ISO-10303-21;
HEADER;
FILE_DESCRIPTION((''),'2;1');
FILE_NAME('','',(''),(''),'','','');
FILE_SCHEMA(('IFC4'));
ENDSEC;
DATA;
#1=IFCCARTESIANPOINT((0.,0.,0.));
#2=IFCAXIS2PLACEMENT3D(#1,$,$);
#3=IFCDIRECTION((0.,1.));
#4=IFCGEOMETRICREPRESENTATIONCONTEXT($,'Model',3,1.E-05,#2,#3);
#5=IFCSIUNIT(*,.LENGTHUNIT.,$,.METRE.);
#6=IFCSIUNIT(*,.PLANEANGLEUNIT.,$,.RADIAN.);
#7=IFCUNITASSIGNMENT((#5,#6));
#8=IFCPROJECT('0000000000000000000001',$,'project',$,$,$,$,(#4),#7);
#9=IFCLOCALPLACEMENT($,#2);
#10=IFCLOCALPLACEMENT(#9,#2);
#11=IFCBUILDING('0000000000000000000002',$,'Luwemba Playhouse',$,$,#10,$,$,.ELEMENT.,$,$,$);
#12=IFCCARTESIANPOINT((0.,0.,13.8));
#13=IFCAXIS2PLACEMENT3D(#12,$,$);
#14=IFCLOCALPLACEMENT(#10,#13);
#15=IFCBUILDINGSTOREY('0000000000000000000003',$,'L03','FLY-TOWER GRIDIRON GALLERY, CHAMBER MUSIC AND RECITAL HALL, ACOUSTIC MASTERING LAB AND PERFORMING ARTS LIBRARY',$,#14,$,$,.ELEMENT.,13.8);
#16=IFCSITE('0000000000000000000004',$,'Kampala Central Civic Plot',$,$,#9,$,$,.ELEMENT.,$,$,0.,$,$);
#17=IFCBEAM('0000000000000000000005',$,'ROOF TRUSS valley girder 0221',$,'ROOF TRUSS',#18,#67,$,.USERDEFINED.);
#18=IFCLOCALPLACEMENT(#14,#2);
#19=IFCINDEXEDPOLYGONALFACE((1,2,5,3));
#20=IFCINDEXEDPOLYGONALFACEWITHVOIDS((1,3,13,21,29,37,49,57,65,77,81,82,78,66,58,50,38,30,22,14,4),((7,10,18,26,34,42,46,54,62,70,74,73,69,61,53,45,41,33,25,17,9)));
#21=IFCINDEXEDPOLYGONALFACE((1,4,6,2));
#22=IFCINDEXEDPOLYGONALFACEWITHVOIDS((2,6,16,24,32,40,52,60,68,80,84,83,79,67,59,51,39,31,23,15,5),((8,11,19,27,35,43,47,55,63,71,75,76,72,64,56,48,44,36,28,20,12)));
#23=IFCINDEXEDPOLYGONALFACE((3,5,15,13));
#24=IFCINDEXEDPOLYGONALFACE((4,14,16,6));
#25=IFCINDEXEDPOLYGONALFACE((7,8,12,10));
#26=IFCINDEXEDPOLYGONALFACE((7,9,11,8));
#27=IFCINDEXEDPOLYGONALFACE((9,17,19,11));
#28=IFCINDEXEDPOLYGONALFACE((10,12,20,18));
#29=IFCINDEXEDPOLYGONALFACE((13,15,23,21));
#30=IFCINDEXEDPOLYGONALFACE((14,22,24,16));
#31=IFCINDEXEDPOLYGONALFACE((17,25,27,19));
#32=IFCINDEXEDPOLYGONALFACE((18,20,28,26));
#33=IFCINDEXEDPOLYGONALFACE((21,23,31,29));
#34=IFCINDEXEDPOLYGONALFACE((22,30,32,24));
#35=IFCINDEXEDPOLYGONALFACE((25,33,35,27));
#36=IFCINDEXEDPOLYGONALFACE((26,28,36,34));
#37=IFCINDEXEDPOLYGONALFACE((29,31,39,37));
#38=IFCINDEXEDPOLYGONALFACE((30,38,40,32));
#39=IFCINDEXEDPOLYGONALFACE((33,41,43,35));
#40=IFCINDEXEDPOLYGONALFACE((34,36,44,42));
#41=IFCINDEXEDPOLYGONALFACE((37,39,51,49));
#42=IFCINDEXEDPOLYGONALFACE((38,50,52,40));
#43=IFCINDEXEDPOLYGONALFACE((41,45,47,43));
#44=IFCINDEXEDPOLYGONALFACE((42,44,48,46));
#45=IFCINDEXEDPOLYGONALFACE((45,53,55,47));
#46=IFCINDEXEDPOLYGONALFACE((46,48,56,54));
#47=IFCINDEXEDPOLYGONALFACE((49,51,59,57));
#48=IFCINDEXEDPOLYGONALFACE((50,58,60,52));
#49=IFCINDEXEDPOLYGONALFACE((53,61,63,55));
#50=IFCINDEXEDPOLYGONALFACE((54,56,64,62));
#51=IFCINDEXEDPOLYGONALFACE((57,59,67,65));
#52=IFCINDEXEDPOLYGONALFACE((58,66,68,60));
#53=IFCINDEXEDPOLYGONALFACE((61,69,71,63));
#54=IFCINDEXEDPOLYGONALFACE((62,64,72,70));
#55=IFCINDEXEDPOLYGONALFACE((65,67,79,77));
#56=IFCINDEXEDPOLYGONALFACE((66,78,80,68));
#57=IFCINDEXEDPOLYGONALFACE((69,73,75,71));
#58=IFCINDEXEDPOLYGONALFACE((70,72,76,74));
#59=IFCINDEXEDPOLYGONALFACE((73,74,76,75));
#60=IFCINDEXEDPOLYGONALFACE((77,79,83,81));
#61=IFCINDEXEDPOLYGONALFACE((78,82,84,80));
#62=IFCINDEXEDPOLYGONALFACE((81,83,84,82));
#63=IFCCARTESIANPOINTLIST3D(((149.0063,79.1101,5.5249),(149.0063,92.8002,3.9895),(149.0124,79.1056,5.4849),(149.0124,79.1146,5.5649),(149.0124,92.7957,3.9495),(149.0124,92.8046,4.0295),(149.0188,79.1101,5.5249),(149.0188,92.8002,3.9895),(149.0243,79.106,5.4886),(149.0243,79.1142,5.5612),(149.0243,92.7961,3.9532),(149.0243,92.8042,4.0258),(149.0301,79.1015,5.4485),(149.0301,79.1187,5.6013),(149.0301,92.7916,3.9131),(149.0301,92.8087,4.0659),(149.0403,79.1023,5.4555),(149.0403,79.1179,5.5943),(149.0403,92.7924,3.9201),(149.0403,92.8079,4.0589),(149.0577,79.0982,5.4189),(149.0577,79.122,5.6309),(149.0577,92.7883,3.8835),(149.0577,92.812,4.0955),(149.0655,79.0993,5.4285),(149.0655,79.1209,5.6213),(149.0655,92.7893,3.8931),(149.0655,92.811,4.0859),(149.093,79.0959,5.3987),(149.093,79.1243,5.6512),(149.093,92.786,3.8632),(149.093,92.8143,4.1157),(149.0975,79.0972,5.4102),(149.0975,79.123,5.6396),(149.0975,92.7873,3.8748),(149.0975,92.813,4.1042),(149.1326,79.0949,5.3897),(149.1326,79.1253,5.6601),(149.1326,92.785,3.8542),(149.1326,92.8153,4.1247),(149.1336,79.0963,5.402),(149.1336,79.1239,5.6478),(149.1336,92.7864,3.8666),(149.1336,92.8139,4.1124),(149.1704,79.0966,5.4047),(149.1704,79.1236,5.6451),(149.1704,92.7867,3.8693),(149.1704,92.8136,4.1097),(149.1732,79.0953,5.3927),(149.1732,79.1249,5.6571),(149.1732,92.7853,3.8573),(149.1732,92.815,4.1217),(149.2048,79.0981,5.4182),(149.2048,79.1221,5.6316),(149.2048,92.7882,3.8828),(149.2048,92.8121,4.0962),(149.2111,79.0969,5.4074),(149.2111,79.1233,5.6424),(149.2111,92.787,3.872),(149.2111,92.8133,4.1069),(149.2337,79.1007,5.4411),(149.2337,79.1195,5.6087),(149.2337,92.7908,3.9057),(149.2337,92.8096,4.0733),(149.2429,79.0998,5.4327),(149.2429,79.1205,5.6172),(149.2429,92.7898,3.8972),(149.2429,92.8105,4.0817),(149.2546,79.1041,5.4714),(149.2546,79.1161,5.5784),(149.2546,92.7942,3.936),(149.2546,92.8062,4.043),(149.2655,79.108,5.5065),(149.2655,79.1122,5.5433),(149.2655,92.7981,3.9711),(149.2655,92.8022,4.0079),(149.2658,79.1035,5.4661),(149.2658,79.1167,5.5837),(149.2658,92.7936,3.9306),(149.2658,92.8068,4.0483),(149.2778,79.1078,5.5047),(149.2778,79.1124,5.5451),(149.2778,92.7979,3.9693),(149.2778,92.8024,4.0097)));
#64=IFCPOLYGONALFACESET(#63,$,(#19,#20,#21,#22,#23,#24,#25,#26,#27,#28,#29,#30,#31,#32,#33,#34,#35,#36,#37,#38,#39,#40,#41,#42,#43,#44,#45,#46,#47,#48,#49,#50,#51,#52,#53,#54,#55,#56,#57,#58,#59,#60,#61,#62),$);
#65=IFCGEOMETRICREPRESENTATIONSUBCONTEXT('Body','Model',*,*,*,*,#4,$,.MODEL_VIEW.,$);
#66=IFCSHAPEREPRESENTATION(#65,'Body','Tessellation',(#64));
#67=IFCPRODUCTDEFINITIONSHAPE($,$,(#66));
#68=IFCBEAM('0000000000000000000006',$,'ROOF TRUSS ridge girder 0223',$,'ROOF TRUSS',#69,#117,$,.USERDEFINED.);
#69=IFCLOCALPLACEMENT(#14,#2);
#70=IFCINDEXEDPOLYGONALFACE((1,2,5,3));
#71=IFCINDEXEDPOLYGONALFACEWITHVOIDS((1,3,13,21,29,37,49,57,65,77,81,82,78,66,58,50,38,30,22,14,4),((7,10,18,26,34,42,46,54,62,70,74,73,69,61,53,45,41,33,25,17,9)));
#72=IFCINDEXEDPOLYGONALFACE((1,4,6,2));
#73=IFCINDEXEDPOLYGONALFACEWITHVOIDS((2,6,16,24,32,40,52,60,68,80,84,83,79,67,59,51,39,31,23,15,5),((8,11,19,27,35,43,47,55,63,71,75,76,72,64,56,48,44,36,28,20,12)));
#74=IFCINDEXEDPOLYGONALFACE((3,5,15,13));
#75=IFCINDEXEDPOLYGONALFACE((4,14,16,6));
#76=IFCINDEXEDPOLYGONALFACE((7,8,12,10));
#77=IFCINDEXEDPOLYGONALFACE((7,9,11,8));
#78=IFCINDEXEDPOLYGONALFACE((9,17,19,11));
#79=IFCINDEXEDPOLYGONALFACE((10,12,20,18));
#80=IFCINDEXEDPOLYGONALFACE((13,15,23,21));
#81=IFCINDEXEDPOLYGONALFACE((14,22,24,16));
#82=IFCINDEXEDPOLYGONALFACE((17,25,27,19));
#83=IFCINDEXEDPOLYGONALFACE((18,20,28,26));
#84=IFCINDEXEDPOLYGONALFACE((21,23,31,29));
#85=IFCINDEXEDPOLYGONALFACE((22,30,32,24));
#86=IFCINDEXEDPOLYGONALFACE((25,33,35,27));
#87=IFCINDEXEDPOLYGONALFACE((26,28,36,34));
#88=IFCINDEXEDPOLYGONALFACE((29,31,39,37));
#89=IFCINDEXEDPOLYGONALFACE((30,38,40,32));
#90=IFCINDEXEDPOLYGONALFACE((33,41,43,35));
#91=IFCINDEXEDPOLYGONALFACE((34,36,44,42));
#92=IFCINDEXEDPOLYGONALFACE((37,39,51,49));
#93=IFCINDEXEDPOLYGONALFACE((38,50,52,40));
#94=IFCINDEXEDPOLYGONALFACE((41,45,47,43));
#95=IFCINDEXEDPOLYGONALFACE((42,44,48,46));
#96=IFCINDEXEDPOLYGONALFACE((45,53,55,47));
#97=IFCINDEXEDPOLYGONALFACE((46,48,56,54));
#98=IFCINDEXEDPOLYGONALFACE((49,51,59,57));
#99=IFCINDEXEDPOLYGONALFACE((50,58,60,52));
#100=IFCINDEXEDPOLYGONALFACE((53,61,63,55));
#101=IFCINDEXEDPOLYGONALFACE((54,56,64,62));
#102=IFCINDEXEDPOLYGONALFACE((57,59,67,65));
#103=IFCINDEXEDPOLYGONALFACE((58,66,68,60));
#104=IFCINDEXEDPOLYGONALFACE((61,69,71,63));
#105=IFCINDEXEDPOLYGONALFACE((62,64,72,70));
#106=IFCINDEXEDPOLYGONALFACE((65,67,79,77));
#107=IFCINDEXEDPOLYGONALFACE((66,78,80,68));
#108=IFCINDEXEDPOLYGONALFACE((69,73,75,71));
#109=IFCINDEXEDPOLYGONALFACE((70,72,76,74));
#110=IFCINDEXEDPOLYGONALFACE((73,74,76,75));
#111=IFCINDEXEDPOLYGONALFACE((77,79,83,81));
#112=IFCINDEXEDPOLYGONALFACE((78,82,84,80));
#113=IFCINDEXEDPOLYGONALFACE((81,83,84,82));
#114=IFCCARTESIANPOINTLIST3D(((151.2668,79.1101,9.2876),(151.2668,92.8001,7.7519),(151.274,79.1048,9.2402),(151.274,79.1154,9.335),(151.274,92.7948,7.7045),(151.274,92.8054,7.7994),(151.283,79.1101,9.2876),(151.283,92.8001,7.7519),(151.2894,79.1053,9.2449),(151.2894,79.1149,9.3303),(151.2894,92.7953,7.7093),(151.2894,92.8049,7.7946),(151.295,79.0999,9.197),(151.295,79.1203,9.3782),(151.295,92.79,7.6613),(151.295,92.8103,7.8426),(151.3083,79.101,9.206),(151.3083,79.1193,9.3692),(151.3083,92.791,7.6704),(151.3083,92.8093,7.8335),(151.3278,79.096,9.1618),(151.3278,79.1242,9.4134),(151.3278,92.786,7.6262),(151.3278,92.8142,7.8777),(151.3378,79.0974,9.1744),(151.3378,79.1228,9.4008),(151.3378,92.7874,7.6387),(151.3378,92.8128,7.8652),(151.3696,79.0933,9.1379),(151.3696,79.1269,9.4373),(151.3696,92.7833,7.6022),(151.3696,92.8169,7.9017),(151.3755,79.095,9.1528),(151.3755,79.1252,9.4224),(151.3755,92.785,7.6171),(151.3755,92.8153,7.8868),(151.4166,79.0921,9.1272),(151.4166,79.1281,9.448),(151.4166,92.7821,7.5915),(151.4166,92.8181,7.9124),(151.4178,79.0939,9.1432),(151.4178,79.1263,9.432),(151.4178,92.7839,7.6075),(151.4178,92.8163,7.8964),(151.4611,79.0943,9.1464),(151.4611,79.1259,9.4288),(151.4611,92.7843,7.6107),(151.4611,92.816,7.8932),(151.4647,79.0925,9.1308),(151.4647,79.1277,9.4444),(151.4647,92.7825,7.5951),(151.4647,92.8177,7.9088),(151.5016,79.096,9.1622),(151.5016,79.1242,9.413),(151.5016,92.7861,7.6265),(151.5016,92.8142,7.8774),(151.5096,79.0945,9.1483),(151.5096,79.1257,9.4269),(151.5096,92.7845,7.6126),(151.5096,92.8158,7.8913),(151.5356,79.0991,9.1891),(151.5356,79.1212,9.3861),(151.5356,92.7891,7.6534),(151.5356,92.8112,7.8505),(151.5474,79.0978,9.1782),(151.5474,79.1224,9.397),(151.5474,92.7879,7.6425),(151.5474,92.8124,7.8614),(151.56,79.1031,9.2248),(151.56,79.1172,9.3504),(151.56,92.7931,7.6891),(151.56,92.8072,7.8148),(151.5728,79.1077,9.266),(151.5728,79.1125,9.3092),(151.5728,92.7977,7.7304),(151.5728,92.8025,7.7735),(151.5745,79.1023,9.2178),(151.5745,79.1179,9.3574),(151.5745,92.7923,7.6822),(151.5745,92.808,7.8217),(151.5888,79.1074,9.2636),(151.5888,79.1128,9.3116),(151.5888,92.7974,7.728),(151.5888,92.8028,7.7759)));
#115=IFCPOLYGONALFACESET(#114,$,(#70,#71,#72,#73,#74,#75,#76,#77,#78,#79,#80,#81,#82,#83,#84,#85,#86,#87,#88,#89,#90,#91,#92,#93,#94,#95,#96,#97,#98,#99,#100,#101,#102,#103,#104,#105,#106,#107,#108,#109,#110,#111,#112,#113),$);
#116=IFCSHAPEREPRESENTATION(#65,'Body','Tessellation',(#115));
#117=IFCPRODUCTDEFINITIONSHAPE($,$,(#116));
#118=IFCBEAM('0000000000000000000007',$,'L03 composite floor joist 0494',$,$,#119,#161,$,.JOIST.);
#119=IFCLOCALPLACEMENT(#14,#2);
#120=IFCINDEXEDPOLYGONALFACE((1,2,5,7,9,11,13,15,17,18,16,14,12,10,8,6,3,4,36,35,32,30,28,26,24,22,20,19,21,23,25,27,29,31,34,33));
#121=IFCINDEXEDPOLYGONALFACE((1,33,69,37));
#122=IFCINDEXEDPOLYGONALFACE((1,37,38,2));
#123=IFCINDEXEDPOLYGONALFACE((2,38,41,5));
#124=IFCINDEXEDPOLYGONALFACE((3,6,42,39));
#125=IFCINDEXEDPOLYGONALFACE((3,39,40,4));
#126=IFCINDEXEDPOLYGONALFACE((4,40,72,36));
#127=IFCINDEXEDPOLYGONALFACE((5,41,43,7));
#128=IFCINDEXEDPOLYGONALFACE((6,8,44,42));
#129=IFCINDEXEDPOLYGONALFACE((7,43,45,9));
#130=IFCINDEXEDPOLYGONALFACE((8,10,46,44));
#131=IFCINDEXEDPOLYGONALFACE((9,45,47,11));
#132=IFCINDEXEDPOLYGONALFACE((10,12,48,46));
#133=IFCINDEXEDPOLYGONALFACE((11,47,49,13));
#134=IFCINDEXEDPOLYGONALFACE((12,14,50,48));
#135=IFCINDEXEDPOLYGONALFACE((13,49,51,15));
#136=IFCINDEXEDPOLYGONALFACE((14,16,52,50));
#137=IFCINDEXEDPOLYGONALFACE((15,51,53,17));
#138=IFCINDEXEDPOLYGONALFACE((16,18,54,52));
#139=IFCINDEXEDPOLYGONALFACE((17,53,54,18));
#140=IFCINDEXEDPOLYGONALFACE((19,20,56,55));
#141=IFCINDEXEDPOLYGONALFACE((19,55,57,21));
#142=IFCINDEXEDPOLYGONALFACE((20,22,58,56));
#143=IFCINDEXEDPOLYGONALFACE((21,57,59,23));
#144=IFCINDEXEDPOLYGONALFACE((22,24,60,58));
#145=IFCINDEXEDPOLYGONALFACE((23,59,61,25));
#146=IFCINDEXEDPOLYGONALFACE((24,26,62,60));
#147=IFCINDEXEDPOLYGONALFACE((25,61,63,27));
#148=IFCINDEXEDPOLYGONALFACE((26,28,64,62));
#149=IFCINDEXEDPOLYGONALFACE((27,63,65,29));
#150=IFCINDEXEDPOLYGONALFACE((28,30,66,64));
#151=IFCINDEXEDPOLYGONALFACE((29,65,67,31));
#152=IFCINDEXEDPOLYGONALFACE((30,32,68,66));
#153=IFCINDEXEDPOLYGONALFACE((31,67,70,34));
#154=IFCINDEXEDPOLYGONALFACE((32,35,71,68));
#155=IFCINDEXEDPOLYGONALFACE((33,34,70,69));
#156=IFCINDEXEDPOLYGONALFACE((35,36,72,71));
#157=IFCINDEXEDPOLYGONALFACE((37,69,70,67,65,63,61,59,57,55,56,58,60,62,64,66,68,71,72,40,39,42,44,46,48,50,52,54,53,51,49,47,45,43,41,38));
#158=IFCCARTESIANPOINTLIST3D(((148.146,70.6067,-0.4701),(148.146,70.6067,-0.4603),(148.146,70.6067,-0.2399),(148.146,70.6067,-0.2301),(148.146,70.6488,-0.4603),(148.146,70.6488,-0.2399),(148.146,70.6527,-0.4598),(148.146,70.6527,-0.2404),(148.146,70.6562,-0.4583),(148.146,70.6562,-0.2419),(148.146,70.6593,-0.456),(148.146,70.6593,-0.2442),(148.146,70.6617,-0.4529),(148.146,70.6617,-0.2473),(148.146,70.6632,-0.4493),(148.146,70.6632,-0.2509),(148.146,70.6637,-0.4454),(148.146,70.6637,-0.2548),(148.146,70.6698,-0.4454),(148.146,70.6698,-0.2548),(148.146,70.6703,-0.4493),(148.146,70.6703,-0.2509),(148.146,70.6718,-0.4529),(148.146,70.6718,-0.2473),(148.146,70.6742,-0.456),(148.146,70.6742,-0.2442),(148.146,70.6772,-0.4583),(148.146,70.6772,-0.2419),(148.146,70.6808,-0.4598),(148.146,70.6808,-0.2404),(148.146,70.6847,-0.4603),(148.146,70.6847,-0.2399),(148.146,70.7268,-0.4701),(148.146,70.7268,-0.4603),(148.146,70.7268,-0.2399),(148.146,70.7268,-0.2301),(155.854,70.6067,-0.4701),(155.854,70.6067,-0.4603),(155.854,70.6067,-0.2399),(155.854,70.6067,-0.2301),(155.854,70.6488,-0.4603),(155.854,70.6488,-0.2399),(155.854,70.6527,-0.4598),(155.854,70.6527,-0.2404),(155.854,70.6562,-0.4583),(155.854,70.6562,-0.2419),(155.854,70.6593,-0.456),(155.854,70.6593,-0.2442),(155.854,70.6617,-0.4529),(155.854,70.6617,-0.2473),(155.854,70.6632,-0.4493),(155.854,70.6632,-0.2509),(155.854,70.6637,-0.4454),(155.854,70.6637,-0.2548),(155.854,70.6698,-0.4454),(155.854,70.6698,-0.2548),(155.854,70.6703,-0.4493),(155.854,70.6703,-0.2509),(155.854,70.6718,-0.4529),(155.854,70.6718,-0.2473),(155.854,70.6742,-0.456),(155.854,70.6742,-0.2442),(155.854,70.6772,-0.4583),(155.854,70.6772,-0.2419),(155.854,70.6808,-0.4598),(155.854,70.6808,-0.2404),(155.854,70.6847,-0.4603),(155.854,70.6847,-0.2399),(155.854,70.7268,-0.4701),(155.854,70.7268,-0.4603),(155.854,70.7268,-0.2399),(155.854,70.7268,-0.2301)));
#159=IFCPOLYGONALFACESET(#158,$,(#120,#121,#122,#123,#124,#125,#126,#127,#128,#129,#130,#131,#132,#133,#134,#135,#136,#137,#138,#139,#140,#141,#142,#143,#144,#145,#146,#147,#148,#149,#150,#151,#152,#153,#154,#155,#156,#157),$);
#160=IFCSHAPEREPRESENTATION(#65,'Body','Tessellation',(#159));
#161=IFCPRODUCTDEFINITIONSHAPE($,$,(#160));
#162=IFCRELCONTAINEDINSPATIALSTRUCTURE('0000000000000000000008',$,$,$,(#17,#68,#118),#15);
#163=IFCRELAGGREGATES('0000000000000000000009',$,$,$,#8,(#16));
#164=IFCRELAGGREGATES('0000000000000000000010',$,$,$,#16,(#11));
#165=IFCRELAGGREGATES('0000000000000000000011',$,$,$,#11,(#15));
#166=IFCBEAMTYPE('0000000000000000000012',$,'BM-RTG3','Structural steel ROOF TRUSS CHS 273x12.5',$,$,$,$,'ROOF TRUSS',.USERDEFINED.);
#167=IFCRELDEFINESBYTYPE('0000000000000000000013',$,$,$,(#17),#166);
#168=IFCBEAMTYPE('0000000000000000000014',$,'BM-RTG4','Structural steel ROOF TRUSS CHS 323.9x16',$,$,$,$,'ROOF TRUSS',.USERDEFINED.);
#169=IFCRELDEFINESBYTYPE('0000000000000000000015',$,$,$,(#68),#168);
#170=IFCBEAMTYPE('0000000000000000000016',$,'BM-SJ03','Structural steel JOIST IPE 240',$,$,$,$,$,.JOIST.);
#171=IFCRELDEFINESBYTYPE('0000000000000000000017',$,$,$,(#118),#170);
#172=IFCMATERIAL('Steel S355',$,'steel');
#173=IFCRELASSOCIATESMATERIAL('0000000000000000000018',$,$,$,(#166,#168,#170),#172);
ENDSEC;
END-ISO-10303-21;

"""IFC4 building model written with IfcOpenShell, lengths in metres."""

from ifc_helpers import new_model, si_unit, direction, frame, origin, origin_2d, place, context, subcontext, project, spatial, hollow_circle, i_section, extrude, material, material_profile, profile_set, type_object, element, save


model = new_model("IFC4")

# Units and contexts
model_context = context("Model", 3, precision=1e-05, world=origin(), true_north=direction((0.0, 1.0)))
body_context = subcontext(model_context, "Body", "Model", "MODEL_VIEW")
ifc_project = project(units=[si_unit("LENGTHUNIT", "METRE"), si_unit("PLANEANGLEUNIT", "RADIAN")], contexts=[model_context])

# Site, building, storey
site_placement = place(None, origin())
site = spatial("IfcSite", under=ifc_project, at=site_placement, Name="Kampala Central Civic Plot", CompositionType="ELEMENT", RefElevation=0.0)
building_placement = place(site_placement, origin())
building = spatial("IfcBuilding", under=site, at=building_placement, Name="Luwemba Playhouse", CompositionType="ELEMENT")
storey_placement = place(building_placement, frame((0.0, 0.0, 13.8)))
storey = spatial("IfcBuildingStorey", under=building, at=storey_placement, Name="L03", Description="FLY-TOWER GRIDIRON GALLERY, CHAMBER MUSIC AND RECITAL HALL, ACOUSTIC MASTERING LAB AND PERFORMING ARTS LIBRARY", CompositionType="ELEMENT", Elevation=13.8)

# Beams
ifc_material_1 = material(Name="Steel S355", Category="steel")
ifc_material_profile_1 = material_profile(ifc_material_1, hollow_circle(Radius=0.1365, WallThickness=0.0125, at=origin_2d()))
ifc_profile_set_1 = profile_set([ifc_material_profile_1], Name="Steel S355")
beam_type_1 = type_object("IfcBeamType", Name="BM-RTG3", Description="Structural steel ROOF TRUSS CHS 273x12.5", ElementType="ROOF TRUSS", PredefinedType="USERDEFINED", material=ifc_profile_set_1)
beam_1_placement = place(storey_placement, frame((149.1428, 79.1101, 5.5249), z_axis=(0.0, 0.993769, -0.111457), x_axis=(-1.0, 0.0, 0.0)))
element("IfcBeam", 1, at=beam_1_placement, inside=storey, type_object=beam_type_1, Name="ROOF TRUSS valley girder 0221", ObjectType="ROOF TRUSS", PredefinedType="USERDEFINED", context=body_context, shape_type="SweptSolid", body=[
    extrude(hollow_circle(Radius=0.1365, WallThickness=0.0125, at=origin_2d()), origin(), (0.0, 0.0, 1.0), 13.7759),
])
ifc_material_profile_2 = material_profile(ifc_material_1, hollow_circle(Radius=0.1619, WallThickness=0.0161, at=origin_2d()))
ifc_profile_set_2 = profile_set([ifc_material_profile_2], Name="Steel S355")
beam_type_2 = type_object("IfcBeamType", Name="BM-RTG4", Description="Structural steel ROOF TRUSS CHS 323.9x16", ElementType="ROOF TRUSS", PredefinedType="USERDEFINED", material=ifc_profile_set_2)
beam_2_placement = place(storey_placement, frame((151.4287, 79.1101, 9.2876), z_axis=(0.0, 0.993767, -0.111474), x_axis=(-1.0, 0.0, 0.0)))
element("IfcBeam", 2, at=beam_2_placement, inside=storey, type_object=beam_type_2, Name="ROOF TRUSS ridge girder 0223", ObjectType="ROOF TRUSS", PredefinedType="USERDEFINED", context=body_context, shape_type="SweptSolid", body=[
    extrude(hollow_circle(Radius=0.1619, WallThickness=0.0161, at=origin_2d()), origin(), (0.0, 0.0, 1.0), 13.7759),
])
ifc_material_profile_3 = material_profile(ifc_material_1, i_section(OverallWidth=0.1201, OverallDepth=0.24, WebThickness=0.0061, FlangeThickness=0.0098, FilletRadius=0.0149, at=origin_2d()))
ifc_profile_set_3 = profile_set([ifc_material_profile_3], Name="Steel S355")
beam_type_3 = type_object("IfcBeamType", Name="BM-SJ03", Description="Structural steel JOIST IPE 240", PredefinedType="JOIST", material=ifc_profile_set_3)
beam_3_placement = place(storey_placement, frame((148.146, 70.6667, -0.3501), z_axis=(1.0, 0.0, 0.0), x_axis=(0.0, 1.0, 0.0)))
element("IfcBeam", 3, at=beam_3_placement, inside=storey, type_object=beam_type_3, Name="L03 composite floor joist 0494", PredefinedType="JOIST", context=body_context, shape_type="SweptSolid", body=[
    extrude(i_section(OverallWidth=0.1201, OverallDepth=0.24, WebThickness=0.0061, FlangeThickness=0.0098, FilletRadius=0.0149, at=origin_2d()), origin(), (0.0, 0.0, 1.0), 7.708),
])

save(model, "model.ifc")
